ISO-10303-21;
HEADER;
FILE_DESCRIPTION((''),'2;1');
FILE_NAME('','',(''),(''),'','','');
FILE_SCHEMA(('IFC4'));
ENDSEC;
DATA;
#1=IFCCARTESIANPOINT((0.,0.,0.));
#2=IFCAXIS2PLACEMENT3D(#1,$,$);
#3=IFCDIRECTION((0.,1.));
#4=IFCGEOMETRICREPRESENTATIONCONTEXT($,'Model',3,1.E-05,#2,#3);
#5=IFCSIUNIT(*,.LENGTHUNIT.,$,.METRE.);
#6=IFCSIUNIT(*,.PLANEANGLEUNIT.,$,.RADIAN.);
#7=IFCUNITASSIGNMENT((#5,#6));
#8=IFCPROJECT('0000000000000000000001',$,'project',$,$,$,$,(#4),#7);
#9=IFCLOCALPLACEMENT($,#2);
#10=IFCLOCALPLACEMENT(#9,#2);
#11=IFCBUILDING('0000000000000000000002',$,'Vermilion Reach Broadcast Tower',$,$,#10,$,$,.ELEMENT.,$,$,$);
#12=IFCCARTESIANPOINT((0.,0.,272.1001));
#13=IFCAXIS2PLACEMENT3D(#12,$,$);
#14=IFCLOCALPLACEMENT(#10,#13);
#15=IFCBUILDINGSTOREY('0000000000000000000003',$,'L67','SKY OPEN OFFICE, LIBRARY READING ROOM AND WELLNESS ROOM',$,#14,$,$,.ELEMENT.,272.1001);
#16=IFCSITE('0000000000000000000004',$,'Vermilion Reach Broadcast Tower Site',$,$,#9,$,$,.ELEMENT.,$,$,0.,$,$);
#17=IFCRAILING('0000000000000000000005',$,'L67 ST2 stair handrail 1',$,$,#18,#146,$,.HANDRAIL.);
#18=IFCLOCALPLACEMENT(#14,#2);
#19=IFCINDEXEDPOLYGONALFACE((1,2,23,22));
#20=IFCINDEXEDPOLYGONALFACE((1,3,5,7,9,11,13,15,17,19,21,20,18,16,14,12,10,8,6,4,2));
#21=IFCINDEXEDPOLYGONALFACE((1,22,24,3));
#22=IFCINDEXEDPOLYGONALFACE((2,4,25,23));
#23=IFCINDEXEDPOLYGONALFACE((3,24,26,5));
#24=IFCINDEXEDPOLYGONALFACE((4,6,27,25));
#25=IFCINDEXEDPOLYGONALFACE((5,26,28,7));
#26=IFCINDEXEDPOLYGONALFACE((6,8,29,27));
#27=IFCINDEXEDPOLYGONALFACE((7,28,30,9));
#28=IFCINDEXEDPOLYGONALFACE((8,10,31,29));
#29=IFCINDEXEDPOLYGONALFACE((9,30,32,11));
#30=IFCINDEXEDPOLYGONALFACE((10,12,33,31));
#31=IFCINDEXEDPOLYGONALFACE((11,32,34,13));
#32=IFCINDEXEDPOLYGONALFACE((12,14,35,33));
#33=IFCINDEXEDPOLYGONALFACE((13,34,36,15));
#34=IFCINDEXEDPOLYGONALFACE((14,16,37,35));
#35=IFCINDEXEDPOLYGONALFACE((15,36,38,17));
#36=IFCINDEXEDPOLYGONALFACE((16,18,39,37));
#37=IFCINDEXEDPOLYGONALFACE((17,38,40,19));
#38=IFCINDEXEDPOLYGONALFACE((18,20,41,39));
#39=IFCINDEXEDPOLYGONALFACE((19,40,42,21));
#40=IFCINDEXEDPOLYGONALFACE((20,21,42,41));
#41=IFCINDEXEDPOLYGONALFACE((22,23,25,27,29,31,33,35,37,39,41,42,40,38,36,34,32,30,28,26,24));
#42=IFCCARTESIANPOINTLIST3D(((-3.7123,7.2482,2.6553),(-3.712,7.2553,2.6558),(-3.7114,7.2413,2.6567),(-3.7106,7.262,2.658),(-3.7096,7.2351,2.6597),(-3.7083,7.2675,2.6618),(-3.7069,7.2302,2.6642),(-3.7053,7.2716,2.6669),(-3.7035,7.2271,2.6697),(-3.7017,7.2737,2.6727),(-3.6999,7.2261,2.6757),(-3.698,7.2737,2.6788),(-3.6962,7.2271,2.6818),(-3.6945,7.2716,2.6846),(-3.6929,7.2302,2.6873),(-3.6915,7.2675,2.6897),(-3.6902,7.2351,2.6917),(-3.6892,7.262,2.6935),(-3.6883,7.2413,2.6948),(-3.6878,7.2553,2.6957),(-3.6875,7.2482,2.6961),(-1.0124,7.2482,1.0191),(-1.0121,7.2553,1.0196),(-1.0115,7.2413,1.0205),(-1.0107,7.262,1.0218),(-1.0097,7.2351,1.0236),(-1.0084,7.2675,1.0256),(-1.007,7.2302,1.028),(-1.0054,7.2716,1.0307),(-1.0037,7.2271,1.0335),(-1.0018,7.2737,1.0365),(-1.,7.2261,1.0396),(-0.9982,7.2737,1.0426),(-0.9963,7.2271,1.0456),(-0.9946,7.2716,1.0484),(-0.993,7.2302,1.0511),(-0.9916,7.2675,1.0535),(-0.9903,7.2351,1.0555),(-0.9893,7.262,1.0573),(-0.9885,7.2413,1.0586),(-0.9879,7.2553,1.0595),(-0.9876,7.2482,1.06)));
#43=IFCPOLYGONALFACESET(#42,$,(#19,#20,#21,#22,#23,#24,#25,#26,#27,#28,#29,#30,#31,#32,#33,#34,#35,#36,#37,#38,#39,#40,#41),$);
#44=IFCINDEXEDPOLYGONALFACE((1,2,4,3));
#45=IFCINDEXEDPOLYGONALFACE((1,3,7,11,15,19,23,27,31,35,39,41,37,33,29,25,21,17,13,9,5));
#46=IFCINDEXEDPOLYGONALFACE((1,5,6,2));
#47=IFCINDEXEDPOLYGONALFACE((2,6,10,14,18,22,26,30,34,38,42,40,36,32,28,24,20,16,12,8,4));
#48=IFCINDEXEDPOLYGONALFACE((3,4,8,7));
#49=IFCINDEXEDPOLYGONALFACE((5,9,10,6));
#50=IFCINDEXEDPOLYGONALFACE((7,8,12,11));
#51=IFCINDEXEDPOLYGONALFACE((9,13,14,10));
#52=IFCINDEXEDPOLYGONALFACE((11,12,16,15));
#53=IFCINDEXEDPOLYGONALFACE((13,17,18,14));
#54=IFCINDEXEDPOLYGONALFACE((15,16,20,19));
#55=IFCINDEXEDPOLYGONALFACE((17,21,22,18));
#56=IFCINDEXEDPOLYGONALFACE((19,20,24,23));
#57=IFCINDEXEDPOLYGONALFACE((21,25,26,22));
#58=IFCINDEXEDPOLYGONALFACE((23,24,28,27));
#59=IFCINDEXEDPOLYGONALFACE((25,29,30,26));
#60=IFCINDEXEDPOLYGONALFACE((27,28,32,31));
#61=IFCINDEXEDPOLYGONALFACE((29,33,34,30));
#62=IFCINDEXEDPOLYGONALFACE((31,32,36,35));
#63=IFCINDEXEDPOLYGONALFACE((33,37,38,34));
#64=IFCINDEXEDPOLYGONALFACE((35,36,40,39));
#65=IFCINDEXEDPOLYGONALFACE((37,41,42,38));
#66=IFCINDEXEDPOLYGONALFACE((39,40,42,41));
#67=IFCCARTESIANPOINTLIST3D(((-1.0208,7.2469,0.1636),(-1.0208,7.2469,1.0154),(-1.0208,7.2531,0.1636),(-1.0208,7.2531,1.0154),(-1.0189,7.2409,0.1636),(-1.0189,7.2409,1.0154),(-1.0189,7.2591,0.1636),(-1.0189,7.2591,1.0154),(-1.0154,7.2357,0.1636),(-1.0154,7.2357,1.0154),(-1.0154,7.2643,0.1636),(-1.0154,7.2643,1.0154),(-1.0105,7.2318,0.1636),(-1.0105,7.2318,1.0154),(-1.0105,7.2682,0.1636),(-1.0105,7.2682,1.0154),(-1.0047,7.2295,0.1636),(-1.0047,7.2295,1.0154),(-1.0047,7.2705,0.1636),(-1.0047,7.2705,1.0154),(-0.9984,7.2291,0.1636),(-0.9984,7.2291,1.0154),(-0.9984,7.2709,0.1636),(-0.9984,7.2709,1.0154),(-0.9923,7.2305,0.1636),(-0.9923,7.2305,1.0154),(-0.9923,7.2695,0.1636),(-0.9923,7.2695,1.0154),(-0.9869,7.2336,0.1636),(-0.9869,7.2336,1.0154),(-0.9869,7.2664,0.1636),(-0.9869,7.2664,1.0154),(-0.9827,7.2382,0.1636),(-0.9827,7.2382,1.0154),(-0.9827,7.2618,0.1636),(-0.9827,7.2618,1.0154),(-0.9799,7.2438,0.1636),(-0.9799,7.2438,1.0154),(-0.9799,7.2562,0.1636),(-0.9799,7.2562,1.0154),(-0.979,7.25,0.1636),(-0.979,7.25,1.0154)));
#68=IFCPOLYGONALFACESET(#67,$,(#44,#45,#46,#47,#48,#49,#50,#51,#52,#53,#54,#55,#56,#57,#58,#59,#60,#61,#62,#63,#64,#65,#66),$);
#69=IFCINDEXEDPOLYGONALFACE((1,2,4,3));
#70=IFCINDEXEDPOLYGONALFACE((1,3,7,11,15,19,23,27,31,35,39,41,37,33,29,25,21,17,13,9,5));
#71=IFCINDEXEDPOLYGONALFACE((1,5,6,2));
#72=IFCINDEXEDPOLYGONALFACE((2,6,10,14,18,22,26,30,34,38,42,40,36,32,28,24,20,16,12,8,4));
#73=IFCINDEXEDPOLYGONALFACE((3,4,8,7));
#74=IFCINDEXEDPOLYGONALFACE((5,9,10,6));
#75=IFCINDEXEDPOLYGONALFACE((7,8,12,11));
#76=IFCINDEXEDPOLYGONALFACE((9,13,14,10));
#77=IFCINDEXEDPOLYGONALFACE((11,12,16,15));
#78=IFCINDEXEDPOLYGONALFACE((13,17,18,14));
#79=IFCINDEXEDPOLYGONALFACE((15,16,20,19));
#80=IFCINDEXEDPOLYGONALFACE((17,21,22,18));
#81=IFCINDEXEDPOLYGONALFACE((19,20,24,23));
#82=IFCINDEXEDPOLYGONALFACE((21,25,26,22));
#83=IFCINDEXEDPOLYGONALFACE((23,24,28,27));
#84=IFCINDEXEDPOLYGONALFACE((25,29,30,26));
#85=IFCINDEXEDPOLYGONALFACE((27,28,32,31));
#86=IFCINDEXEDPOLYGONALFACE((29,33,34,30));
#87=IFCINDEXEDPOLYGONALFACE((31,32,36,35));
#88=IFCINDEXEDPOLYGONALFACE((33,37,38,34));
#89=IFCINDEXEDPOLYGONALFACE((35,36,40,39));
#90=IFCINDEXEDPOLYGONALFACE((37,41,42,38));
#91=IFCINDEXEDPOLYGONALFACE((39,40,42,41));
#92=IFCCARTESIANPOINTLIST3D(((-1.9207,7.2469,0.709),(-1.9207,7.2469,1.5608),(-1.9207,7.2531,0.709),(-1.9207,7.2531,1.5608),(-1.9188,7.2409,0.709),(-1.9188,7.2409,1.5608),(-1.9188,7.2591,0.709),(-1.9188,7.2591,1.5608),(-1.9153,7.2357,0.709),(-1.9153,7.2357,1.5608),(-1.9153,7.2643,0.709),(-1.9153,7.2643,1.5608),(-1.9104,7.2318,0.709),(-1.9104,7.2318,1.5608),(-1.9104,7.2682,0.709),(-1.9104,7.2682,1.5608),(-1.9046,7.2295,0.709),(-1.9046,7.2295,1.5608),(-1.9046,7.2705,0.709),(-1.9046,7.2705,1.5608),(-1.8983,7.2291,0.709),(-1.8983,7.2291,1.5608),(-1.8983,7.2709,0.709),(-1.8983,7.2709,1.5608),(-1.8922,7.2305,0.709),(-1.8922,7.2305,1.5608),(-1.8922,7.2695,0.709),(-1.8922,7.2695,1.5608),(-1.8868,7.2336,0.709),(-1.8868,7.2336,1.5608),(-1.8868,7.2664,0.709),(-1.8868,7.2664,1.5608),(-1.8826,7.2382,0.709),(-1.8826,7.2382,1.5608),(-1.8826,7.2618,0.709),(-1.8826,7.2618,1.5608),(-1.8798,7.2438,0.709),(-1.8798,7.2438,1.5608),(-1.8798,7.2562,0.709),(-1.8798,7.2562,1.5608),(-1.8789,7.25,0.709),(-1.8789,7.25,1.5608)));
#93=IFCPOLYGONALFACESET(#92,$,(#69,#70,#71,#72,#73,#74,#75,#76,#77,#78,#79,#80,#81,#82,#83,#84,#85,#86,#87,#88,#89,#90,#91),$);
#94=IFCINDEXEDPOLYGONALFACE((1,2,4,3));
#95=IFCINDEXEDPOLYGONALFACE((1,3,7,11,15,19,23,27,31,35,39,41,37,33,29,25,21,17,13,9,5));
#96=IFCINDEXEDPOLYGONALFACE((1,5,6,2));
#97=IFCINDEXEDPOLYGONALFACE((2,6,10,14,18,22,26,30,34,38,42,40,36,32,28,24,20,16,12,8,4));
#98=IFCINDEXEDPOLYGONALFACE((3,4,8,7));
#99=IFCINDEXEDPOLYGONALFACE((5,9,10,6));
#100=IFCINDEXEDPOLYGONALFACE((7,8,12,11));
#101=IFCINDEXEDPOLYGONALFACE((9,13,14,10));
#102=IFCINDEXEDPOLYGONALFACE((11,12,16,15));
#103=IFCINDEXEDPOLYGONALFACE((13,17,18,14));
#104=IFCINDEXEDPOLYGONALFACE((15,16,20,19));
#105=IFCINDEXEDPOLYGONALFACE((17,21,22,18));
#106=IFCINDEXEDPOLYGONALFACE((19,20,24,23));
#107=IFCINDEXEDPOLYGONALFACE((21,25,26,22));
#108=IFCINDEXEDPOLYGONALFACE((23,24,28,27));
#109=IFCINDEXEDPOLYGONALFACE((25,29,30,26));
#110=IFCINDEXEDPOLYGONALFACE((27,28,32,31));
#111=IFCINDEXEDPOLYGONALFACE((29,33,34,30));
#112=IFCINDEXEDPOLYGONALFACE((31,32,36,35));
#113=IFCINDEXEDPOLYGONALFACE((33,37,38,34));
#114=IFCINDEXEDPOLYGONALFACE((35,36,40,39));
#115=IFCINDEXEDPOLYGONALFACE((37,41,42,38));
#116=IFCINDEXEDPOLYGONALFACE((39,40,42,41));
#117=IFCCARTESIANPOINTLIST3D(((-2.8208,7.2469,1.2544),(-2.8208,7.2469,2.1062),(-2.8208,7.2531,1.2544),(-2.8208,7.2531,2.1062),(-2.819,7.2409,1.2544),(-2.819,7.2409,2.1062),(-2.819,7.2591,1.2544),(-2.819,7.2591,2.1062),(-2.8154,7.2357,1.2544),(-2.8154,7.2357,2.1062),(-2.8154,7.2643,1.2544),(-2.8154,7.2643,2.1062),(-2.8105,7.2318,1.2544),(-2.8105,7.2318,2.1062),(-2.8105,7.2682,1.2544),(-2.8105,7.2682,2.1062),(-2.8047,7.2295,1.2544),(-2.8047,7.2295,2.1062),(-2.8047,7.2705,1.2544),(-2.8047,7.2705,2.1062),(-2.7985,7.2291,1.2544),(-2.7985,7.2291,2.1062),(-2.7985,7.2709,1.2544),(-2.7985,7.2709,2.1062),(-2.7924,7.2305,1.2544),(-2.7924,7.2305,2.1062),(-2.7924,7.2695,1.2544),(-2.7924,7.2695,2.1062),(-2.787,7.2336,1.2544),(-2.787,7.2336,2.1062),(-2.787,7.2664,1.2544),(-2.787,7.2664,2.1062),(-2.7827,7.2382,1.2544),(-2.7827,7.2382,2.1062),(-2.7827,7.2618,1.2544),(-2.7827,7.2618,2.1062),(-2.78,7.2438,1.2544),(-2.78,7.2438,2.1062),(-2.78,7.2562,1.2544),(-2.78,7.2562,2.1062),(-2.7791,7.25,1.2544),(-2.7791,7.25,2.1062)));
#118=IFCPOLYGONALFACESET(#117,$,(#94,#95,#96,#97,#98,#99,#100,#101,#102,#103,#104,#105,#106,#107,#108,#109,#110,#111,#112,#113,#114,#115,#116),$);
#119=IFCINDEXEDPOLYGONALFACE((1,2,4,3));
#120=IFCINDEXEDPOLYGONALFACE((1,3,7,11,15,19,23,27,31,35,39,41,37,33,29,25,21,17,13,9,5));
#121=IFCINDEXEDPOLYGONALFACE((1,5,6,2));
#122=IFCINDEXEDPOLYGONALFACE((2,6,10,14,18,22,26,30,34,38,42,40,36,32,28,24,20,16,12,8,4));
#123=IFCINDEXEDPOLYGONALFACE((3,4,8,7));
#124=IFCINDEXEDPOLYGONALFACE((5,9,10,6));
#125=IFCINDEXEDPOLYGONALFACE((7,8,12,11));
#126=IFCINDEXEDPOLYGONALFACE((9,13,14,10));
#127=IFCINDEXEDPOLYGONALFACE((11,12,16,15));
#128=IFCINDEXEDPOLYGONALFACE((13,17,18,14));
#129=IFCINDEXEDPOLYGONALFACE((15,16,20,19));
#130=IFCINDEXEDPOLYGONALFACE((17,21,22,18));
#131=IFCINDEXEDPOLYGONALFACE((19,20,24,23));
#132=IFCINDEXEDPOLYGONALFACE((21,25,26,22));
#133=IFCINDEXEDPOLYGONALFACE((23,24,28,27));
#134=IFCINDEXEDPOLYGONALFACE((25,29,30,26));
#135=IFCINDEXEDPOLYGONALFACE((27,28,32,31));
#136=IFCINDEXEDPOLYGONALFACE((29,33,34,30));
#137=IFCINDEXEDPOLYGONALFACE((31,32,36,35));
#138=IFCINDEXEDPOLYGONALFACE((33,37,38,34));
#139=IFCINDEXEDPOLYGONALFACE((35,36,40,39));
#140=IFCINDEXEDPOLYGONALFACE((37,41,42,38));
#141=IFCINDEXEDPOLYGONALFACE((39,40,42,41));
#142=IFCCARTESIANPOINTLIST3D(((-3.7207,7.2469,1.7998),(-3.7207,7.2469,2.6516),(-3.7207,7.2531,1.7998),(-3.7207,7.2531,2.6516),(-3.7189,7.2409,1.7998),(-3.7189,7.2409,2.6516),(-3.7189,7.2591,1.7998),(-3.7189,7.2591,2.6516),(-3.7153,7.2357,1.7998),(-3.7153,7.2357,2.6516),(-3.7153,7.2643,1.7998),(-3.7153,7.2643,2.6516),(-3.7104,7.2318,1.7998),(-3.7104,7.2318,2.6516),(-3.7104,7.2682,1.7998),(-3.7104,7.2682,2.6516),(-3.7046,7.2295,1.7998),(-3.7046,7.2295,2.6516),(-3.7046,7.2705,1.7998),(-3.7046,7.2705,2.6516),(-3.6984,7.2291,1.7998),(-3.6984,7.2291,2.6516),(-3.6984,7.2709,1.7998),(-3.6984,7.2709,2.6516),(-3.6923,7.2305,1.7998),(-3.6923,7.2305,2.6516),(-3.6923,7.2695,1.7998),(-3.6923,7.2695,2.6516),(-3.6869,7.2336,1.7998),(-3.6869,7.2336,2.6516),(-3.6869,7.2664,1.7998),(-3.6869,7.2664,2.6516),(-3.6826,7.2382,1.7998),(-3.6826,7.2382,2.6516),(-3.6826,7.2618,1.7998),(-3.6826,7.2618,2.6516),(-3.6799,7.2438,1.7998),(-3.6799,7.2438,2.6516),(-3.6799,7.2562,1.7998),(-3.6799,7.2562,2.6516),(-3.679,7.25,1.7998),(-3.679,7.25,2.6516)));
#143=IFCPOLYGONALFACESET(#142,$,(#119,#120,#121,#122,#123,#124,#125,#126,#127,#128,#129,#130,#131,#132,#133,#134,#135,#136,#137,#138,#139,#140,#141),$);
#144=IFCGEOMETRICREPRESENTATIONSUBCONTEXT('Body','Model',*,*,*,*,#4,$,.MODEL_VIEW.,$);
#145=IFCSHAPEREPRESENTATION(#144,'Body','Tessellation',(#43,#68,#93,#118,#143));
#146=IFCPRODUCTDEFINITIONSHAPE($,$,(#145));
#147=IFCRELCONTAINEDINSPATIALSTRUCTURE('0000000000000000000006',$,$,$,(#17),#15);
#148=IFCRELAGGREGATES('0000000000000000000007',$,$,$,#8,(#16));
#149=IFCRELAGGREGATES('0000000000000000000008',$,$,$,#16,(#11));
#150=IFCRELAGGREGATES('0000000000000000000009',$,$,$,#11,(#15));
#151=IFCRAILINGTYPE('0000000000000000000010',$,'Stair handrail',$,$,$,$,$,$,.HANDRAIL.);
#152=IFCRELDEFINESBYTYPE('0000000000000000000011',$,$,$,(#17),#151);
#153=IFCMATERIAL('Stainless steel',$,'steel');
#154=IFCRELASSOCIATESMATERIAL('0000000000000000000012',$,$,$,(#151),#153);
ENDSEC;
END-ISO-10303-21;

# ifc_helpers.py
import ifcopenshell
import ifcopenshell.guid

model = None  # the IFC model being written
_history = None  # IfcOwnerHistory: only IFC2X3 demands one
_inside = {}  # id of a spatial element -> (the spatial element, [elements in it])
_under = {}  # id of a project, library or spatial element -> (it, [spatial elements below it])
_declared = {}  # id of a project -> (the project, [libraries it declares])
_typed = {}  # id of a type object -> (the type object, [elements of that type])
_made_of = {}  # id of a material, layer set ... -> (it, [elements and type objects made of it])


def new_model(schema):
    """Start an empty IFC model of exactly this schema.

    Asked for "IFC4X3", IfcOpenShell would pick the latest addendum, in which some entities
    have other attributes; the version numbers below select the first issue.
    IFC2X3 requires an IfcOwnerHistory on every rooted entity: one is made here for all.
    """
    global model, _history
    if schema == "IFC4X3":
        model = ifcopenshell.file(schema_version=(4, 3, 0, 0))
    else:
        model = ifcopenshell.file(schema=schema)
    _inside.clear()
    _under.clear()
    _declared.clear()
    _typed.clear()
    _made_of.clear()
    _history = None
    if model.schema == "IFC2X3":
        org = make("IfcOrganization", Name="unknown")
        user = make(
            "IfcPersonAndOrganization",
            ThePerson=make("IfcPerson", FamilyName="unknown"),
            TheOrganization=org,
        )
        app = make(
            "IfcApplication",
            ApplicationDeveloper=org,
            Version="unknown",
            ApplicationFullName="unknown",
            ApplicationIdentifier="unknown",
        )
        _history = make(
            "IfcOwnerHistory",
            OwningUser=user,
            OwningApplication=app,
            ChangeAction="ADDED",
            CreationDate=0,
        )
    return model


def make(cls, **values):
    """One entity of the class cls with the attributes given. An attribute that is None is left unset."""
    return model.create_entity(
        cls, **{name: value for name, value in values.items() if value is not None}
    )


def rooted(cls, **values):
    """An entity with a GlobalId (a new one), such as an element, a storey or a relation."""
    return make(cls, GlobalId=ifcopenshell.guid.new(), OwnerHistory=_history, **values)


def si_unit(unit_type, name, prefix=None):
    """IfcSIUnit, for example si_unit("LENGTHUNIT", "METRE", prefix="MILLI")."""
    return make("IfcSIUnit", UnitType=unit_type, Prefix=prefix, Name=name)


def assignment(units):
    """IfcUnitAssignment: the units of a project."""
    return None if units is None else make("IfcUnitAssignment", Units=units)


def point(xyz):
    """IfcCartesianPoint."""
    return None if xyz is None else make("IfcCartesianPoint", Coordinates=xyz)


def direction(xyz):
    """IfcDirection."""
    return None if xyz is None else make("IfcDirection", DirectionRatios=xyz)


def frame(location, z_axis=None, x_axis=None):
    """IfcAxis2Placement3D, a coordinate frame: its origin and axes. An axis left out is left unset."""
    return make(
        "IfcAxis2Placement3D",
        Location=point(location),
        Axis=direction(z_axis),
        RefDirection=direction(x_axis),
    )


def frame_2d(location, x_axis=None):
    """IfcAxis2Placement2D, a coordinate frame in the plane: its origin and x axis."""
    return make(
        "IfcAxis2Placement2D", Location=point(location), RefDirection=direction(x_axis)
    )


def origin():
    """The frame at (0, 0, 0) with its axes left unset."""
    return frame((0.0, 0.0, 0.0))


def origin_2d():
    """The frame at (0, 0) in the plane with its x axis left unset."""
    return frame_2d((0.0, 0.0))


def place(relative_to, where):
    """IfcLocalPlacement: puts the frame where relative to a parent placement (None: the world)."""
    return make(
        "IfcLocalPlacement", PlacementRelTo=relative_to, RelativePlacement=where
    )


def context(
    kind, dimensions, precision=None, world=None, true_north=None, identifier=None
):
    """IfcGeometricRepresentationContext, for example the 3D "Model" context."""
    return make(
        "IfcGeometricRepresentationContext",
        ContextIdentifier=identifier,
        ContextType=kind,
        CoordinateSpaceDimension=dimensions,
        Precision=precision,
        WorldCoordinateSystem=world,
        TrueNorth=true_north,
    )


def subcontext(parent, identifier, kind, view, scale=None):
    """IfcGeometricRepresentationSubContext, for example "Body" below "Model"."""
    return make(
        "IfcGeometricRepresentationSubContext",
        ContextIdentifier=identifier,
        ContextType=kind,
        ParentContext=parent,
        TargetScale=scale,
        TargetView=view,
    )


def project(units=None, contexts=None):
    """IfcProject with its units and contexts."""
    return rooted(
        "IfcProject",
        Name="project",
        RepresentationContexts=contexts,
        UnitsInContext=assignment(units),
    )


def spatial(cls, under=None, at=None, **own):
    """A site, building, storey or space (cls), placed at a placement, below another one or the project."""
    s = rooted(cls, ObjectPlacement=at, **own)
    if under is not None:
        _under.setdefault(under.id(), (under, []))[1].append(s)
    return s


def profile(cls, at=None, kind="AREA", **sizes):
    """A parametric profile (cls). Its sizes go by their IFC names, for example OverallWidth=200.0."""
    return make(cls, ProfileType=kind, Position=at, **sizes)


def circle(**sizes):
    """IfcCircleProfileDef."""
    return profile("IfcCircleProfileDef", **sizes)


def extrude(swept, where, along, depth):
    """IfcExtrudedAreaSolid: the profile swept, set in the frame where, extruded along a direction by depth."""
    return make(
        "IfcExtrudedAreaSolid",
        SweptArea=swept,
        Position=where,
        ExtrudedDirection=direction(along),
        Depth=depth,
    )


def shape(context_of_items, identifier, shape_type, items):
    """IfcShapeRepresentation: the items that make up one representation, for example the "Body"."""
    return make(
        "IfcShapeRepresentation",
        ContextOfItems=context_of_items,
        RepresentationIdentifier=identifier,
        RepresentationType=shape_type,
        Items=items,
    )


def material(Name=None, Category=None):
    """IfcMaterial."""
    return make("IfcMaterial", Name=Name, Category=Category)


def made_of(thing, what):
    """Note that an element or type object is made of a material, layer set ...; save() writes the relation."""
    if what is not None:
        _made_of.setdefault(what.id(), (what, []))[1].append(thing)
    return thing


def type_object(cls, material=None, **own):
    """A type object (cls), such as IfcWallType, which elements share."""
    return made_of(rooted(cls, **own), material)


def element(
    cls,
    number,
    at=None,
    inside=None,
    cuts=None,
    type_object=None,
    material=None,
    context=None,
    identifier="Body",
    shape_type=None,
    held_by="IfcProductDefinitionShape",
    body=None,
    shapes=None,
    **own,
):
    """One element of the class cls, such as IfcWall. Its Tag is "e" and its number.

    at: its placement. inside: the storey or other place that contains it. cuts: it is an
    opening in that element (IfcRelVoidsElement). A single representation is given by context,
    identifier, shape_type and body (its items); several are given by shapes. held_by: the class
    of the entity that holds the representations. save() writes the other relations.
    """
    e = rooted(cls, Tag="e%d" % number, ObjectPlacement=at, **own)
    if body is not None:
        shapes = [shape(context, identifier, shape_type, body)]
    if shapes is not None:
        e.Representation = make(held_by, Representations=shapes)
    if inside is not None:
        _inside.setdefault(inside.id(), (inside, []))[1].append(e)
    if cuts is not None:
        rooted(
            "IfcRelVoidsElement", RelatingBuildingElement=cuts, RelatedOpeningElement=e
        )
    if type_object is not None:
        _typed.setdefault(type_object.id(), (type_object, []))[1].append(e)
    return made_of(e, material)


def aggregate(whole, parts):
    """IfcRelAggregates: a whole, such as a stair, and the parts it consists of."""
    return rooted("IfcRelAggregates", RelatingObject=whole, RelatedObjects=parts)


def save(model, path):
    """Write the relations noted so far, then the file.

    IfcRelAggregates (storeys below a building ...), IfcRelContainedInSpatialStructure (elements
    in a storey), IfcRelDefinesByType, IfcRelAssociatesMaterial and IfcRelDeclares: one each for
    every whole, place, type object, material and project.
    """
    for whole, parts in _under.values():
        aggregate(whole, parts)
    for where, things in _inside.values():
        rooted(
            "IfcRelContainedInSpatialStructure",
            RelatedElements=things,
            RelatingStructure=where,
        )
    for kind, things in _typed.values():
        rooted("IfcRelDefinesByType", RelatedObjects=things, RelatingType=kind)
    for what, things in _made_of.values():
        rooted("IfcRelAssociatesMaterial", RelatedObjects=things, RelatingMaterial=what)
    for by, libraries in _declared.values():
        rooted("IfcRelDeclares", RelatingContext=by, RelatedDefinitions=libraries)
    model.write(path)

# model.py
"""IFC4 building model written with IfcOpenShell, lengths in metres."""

from ifc_helpers import new_model, si_unit, direction, frame, origin, origin_2d, place, context, subcontext, project, spatial, circle, extrude, material, type_object, element, save


model = new_model("IFC4")

# Units and contexts
model_context = context("Model", 3, precision=1e-05, world=origin(), true_north=direction((0.0, 1.0)))
body_context = subcontext(model_context, "Body", "Model", "MODEL_VIEW")
ifc_project = project(units=[si_unit("LENGTHUNIT", "METRE"), si_unit("PLANEANGLEUNIT", "RADIAN")], contexts=[model_context])

# Site, building, storey
site_placement = place(None, origin())
site = spatial("IfcSite", under=ifc_project, at=site_placement, Name="Vermilion Reach Broadcast Tower Site", CompositionType="ELEMENT", RefElevation=0.0)
building_placement = place(site_placement, origin())
building = spatial("IfcBuilding", under=site, at=building_placement, Name="Vermilion Reach Broadcast Tower", CompositionType="ELEMENT")
storey_placement = place(building_placement, frame((0.0, 0.0, 272.1001)))
storey = spatial("IfcBuildingStorey", under=building, at=storey_placement, Name="L67", Description="SKY OPEN OFFICE, LIBRARY READING ROOM AND WELLNESS ROOM", CompositionType="ELEMENT", Elevation=272.1001)

# Railing
ifc_material_1 = material(Name="Stainless steel", Category="steel")
railing_type_1 = type_object("IfcRailingType", Name="Stair handrail", PredefinedType="HANDRAIL", material=ifc_material_1)
railing_1_placement = place(storey_placement, frame((-1.0, 7.25, 0.1636)))
element("IfcRailing", 1, at=railing_1_placement, inside=storey, type_object=railing_type_1, Name="L67 ST2 stair handrail 1", PredefinedType="HANDRAIL", context=body_context, shape_type="SweptSolid", body=[
    extrude(circle(Radius=0.0239, at=origin_2d()), frame((0.0, 0.0, 0.876), z_axis=(-0.855212, 0.0, 0.518278), x_axis=(0.0, -1.0, 0.0)), (0.0, 0.0, 1.0), 3.157),
    extrude(circle(Radius=0.021, at=origin_2d()), origin(), (0.0, 0.0, 1.0), 0.8518),
    extrude(circle(Radius=0.021, at=origin_2d()), frame((-0.8999, 0.0, 0.5454)), (0.0, 0.0, 1.0), 0.8518),
    extrude(circle(Radius=0.021, at=origin_2d()), frame((-1.8, 0.0, 1.0908)), (0.0, 0.0, 1.0), 0.8518),
    extrude(circle(Radius=0.021, at=origin_2d()), frame((-2.7, 0.0, 1.6362)), (0.0, 0.0, 1.0), 0.8518),
])

save(model, "model.ifc")
